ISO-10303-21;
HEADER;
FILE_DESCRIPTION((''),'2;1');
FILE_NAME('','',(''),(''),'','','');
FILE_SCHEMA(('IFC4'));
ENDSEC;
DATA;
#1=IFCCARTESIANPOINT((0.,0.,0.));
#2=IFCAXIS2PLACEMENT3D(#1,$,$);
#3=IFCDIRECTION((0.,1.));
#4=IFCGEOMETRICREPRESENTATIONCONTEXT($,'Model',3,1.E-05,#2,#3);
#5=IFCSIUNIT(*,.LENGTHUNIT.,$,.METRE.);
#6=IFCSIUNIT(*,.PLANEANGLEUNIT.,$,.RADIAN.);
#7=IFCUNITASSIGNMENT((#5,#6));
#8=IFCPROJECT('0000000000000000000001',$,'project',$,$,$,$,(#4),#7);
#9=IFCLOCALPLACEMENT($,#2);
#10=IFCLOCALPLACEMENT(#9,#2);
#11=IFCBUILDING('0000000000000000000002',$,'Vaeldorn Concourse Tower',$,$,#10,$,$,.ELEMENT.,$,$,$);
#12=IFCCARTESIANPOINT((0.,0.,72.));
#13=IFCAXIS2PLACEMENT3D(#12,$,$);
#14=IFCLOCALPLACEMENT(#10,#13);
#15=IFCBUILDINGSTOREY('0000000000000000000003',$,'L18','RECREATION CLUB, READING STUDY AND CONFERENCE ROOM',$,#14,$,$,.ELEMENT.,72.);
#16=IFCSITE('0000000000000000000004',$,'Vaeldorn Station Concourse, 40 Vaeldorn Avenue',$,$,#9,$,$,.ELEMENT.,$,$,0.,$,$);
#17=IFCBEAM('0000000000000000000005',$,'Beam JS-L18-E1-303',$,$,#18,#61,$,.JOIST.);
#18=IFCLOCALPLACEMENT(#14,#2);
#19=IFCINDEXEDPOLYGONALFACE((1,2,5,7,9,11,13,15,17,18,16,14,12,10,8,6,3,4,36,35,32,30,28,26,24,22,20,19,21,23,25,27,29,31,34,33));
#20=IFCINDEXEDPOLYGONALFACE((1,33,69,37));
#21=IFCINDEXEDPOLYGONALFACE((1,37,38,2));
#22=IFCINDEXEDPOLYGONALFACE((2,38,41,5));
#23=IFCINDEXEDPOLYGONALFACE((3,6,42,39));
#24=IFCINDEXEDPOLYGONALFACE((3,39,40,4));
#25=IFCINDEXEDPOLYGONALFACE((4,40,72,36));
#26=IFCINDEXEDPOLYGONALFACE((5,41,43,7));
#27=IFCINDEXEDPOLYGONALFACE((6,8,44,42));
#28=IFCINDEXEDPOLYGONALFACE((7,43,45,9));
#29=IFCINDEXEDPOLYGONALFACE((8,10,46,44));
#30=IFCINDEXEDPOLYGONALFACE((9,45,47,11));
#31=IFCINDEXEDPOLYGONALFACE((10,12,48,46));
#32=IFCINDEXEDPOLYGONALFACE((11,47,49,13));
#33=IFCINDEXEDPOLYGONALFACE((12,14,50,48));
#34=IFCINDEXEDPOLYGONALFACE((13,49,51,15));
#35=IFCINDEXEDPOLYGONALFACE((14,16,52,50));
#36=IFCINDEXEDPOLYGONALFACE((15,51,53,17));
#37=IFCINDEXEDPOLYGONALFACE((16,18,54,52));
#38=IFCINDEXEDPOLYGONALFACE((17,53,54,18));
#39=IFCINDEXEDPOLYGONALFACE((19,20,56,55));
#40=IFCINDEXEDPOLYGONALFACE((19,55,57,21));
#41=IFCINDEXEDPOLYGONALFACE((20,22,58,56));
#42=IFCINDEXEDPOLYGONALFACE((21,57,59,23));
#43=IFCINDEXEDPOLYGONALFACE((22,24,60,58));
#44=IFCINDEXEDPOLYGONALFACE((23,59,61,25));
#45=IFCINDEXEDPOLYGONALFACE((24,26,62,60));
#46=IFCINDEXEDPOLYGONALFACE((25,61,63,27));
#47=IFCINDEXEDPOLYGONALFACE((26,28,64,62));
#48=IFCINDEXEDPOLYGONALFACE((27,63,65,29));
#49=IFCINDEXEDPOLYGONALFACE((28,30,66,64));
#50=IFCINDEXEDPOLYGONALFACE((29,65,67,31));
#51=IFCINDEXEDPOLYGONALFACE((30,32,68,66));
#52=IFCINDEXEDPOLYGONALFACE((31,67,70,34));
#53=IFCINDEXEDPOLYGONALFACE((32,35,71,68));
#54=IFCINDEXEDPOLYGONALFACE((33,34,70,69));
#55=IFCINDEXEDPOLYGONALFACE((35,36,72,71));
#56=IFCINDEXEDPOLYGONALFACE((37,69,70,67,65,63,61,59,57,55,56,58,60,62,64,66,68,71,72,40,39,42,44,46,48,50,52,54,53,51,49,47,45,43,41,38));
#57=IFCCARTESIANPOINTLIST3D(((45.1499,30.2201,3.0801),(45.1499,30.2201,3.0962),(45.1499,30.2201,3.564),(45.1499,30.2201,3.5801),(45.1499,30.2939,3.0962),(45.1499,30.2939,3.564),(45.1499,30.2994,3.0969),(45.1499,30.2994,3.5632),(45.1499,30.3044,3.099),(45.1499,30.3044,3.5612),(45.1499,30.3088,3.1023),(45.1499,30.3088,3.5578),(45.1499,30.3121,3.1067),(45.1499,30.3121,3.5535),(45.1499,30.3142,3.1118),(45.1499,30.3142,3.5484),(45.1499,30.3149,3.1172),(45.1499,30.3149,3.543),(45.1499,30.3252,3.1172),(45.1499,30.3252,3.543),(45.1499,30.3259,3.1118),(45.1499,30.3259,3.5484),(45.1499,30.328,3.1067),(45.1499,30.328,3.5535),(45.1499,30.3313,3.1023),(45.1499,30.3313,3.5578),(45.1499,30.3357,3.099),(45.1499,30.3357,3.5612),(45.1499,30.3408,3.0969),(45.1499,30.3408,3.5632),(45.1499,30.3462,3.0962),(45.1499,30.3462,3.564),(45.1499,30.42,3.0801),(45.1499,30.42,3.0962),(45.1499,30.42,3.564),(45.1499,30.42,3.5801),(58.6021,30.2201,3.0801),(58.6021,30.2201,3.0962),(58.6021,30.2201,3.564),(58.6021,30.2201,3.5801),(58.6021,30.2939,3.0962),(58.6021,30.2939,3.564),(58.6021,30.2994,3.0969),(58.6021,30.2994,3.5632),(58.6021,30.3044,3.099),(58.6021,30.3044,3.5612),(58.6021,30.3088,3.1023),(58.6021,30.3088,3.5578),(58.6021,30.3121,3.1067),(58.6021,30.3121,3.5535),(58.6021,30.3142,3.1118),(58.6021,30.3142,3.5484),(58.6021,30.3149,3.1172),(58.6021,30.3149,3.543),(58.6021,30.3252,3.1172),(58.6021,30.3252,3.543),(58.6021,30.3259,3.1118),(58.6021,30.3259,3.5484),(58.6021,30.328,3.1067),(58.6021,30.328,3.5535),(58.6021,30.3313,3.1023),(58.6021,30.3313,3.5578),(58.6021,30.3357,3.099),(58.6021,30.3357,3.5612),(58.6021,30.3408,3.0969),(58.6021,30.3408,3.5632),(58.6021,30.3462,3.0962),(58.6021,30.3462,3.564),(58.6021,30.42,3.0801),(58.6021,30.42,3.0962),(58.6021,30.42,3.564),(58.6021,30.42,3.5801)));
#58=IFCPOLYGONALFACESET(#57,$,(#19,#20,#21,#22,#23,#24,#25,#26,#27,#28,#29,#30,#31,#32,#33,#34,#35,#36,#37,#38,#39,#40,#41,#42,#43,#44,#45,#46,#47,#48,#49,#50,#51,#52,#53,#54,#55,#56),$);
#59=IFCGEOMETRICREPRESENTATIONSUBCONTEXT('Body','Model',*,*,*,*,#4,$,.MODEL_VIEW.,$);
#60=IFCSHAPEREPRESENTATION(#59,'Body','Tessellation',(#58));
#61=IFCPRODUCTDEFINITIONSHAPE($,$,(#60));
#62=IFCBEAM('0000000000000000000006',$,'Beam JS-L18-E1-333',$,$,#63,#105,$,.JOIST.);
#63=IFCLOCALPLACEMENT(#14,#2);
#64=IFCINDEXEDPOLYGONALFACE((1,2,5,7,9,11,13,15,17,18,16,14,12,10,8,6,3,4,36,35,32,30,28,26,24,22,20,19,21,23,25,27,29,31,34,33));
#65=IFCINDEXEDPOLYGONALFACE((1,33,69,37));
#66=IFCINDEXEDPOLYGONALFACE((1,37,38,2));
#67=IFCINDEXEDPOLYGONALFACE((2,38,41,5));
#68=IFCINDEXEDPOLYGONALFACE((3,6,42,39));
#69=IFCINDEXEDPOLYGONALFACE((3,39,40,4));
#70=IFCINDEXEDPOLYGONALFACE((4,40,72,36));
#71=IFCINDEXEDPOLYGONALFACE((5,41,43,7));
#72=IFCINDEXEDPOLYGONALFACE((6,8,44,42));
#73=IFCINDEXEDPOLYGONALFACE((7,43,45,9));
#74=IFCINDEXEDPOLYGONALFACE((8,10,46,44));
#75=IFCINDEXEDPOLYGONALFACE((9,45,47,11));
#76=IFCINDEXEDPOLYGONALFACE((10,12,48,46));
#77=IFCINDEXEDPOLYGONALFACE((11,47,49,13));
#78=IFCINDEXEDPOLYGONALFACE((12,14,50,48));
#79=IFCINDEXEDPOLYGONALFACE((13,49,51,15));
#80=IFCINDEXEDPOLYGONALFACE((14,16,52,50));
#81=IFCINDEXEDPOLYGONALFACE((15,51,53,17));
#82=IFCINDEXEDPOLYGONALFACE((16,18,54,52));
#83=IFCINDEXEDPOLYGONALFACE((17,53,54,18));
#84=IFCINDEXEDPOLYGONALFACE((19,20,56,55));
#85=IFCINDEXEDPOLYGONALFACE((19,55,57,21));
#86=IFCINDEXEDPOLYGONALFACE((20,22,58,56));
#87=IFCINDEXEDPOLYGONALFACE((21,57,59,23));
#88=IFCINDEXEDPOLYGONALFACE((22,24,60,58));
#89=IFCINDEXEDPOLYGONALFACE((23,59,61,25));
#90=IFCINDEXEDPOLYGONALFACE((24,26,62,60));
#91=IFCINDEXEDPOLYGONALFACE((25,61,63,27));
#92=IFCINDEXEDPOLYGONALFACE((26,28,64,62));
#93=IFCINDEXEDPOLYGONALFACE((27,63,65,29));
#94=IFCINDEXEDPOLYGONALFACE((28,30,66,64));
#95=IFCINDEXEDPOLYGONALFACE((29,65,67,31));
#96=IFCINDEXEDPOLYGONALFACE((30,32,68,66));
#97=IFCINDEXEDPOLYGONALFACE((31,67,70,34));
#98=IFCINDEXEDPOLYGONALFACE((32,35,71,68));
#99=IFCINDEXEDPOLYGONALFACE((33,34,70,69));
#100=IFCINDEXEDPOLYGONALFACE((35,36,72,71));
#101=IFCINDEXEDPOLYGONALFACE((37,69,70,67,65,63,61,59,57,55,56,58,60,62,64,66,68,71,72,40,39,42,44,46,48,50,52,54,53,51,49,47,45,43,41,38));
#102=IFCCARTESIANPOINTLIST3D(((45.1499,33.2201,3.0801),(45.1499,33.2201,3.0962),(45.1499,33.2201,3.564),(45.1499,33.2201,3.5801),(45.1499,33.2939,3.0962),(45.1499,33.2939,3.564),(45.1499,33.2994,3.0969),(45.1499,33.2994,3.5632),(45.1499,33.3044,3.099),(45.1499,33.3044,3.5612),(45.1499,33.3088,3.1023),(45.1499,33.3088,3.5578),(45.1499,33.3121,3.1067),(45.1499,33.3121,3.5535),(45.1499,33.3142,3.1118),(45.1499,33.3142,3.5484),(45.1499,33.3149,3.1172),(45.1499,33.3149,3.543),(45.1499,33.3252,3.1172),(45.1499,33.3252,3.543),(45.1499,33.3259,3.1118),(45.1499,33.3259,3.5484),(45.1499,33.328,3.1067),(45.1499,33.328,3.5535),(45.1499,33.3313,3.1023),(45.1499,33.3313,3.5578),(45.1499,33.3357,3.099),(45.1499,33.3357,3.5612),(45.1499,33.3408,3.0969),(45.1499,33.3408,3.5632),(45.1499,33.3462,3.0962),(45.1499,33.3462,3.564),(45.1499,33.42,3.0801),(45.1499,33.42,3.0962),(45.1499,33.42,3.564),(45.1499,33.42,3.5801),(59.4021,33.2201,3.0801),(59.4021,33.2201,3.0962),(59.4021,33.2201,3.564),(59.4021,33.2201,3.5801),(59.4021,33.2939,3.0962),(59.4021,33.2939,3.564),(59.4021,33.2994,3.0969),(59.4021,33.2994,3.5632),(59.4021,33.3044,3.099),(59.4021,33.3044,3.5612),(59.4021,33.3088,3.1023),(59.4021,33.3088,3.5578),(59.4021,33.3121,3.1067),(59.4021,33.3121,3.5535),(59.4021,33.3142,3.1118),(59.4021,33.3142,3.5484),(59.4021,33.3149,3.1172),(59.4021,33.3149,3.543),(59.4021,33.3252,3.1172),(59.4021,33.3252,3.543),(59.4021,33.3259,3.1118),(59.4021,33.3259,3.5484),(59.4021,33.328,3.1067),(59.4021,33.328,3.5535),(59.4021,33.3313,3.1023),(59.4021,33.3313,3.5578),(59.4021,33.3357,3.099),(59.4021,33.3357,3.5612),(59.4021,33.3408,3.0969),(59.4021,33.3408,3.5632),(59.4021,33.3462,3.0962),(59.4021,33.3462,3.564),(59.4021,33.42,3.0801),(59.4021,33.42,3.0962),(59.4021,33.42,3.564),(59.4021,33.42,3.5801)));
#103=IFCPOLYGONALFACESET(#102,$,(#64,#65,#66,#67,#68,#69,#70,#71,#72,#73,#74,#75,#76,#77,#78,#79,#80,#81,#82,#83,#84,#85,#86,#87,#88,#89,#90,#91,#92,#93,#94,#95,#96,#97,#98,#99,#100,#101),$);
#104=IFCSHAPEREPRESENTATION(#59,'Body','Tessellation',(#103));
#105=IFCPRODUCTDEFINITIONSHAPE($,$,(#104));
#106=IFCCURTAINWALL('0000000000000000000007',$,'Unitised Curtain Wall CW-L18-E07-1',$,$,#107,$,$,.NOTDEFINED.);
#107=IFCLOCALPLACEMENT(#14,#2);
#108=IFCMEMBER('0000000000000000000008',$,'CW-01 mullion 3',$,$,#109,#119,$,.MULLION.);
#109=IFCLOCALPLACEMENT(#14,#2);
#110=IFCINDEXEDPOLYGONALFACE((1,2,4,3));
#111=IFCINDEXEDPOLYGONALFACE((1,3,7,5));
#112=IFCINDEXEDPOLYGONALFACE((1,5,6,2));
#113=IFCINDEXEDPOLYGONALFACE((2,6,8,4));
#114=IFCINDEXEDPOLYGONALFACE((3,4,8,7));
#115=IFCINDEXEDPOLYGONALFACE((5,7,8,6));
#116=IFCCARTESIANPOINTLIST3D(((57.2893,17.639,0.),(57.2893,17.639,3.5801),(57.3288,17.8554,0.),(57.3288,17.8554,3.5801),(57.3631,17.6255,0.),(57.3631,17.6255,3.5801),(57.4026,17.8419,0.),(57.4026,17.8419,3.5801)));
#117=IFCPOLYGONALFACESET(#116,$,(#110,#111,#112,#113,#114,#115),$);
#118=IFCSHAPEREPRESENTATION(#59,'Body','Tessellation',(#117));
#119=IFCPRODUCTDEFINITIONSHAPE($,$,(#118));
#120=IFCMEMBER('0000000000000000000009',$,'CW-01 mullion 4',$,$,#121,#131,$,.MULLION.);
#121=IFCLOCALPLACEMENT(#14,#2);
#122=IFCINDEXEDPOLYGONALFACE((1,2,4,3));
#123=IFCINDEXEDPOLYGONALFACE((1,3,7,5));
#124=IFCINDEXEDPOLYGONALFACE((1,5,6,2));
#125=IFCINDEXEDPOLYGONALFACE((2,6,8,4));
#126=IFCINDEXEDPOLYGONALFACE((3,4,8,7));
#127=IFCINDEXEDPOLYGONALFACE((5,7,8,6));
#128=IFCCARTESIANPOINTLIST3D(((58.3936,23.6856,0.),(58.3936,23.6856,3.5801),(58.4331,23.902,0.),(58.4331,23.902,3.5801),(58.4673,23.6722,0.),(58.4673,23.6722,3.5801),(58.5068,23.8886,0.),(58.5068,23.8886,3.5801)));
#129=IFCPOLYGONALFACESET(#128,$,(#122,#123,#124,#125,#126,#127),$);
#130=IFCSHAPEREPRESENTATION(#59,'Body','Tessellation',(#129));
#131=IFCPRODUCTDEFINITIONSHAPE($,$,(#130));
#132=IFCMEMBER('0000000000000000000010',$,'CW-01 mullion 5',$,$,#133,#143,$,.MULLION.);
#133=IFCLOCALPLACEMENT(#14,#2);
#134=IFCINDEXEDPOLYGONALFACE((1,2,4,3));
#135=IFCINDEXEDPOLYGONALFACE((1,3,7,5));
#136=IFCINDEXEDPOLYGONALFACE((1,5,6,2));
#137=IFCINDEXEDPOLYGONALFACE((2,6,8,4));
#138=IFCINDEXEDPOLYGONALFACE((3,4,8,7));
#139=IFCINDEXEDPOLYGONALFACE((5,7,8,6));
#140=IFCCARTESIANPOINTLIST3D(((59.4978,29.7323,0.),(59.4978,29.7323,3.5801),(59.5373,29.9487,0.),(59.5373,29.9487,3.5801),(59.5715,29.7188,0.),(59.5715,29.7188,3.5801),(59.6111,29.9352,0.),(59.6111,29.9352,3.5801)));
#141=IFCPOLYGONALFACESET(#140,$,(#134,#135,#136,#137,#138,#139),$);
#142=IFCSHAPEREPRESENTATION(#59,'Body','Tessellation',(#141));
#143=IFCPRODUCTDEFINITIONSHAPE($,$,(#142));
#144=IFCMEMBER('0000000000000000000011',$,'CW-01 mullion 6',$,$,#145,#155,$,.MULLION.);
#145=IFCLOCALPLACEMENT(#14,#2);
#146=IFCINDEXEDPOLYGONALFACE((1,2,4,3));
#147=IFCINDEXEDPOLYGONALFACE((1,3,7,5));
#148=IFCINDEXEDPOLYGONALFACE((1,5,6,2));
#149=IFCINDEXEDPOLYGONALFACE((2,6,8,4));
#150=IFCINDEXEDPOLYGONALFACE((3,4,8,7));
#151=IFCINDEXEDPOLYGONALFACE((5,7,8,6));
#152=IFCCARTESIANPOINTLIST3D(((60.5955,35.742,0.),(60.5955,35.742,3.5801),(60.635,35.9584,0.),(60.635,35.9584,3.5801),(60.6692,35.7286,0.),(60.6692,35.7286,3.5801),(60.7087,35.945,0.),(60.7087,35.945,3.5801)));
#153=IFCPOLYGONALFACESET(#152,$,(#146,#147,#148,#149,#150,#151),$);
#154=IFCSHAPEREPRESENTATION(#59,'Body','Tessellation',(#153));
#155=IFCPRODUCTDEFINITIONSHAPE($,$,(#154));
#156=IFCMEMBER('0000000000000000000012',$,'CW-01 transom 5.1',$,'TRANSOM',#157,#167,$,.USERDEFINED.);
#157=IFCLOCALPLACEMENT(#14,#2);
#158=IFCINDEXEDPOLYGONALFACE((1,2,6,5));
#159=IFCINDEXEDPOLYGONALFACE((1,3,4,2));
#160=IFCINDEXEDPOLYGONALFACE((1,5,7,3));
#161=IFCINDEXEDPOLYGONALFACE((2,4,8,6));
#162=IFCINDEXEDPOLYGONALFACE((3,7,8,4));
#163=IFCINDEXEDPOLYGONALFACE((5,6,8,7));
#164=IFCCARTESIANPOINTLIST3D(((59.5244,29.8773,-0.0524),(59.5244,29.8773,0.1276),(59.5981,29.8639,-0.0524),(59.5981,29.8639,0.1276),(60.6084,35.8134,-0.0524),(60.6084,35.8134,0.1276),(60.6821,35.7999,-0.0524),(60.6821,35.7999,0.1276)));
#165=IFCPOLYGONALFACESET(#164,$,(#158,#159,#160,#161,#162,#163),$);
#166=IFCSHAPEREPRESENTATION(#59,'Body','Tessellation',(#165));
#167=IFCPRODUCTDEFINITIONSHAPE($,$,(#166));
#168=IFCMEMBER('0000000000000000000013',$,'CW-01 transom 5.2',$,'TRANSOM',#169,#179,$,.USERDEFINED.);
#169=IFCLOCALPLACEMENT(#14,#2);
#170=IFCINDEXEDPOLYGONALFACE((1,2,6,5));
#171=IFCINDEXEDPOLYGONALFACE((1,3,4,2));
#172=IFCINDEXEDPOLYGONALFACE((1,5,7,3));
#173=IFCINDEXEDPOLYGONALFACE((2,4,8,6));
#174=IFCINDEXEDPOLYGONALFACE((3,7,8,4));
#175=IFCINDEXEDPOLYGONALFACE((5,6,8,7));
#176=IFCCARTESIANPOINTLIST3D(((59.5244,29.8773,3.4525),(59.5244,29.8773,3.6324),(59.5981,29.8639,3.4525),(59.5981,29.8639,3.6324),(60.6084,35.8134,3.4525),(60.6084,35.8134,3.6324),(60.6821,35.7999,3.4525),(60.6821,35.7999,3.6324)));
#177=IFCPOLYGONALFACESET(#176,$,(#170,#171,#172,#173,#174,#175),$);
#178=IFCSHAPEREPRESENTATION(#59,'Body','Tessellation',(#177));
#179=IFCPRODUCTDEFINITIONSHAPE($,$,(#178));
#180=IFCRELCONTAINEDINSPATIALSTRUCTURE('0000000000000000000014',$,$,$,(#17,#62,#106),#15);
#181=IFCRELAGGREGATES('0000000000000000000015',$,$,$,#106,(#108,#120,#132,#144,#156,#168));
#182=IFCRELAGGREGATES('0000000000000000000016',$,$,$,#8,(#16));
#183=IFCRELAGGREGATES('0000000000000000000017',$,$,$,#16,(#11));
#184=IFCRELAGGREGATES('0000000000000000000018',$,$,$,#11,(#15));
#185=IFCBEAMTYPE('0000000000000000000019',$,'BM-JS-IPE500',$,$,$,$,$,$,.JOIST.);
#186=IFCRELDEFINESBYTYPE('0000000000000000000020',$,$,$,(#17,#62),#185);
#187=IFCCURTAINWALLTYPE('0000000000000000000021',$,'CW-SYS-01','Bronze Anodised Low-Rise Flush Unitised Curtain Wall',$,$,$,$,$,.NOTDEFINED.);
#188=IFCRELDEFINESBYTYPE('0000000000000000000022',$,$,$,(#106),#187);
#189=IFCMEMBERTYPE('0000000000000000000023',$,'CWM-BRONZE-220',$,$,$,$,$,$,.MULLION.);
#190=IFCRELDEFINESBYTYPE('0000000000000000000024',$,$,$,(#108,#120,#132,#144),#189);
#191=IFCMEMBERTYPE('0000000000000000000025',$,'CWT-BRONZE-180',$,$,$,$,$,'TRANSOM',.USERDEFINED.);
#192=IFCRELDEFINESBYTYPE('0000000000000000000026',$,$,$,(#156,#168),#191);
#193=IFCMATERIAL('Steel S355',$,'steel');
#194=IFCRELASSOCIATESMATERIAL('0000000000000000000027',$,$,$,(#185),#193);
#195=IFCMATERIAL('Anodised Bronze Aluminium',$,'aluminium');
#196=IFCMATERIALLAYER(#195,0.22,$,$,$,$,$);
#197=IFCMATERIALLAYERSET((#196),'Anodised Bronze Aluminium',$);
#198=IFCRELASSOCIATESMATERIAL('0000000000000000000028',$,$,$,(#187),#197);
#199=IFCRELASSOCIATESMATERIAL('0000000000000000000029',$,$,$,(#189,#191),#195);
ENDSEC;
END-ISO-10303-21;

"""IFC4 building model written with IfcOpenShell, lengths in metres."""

from ifc_helpers import new_model, si_unit, direction, frame, origin, origin_2d, place, context, subcontext, project, spatial, rectangle, i_section, extrude, source, transform, mapped, material, layer, layer_set, material_profile, profile_set, type_object, element, aggregate, save


model = new_model("IFC4")

# Units and contexts
model_context = context("Model", 3, precision=1e-05, world=origin(), true_north=direction((0.0, 1.0)))
body_context = subcontext(model_context, "Body", "Model", "MODEL_VIEW")
ifc_project = project(units=[si_unit("LENGTHUNIT", "METRE"), si_unit("PLANEANGLEUNIT", "RADIAN")], contexts=[model_context])

# Site, building, storey
site_placement = place(None, origin())
site = spatial("IfcSite", under=ifc_project, at=site_placement, Name="Vaeldorn Station Concourse, 40 Vaeldorn Avenue", CompositionType="ELEMENT", RefElevation=0.0)
building_placement = place(site_placement, origin())
building = spatial("IfcBuilding", under=site, at=building_placement, Name="Vaeldorn Concourse Tower", CompositionType="ELEMENT")
storey_placement = place(building_placement, frame((0.0, 0.0, 72.0)))
storey = spatial("IfcBuildingStorey", under=building, at=storey_placement, Name="L18", Description="RECREATION CLUB, READING STUDY AND CONFERENCE ROOM", CompositionType="ELEMENT", Elevation=72.0)

# Beams
ifc_material_1 = material(Name="Steel S355", Category="steel")
ifc_material_profile_1 = material_profile(ifc_material_1, i_section(OverallWidth=0.2, OverallDepth=0.5, WebThickness=0.0103, FlangeThickness=0.0161, FilletRadius=0.021, at=origin_2d()), Name="IPE 500")
ifc_profile_set_1 = profile_set([ifc_material_profile_1], Name="Steel S355")
beam_type_1 = type_object("IfcBeamType", Name="BM-JS-IPE500", PredefinedType="JOIST", material=ifc_profile_set_1)
shared_shape_1 = source(origin(), body_context, "Body", "SweptSolid", [
    extrude(i_section(OverallWidth=0.2, OverallDepth=0.5, WebThickness=0.0103, FlangeThickness=0.0161, FilletRadius=0.021, at=origin_2d()), origin(), (0.0, 0.0, 1.0), 13.4521),
])
beam_1_placement = place(storey_placement, frame((45.1499, 30.3201, 3.3301), z_axis=(1.0, 0.0, 0.0), x_axis=(0.0, 1.0, 0.0)))
element("IfcBeam", 1, at=beam_1_placement, inside=storey, type_object=beam_type_1, Name="Beam JS-L18-E1-303", PredefinedType="JOIST", context=body_context, shape_type="MappedRepresentation", body=[
    mapped(shared_shape_1, transform((0.0, 0.0, 0.0), scale=1.0)),
])
shared_shape_2 = source(origin(), body_context, "Body", "SweptSolid", [
    extrude(i_section(OverallWidth=0.2, OverallDepth=0.5, WebThickness=0.0103, FlangeThickness=0.0161, FilletRadius=0.021, at=origin_2d()), origin(), (0.0, 0.0, 1.0), 14.2522),
])
beam_2_placement = place(storey_placement, frame((45.1499, 33.3201, 3.3301), z_axis=(1.0, 0.0, 0.0), x_axis=(0.0, 1.0, 0.0)))
element("IfcBeam", 2, at=beam_2_placement, inside=storey, type_object=beam_type_1, Name="Beam JS-L18-E1-333", PredefinedType="JOIST", context=body_context, shape_type="MappedRepresentation", body=[
    mapped(shared_shape_2, transform((0.0, 0.0, 0.0), scale=1.0)),
])

# Curtain wall, members
ifc_material_2 = material(Name="Anodised Bronze Aluminium", Category="aluminium")
ifc_layer_1 = layer(ifc_material_2, 0.22)
ifc_layer_set_1 = layer_set([ifc_layer_1], Name="Anodised Bronze Aluminium")
curtain_wall_type = type_object("IfcCurtainWallType", Name="CW-SYS-01", Description="Bronze Anodised Low-Rise Flush Unitised Curtain Wall", PredefinedType="NOTDEFINED", material=ifc_layer_set_1)
curtain_wall_placement = place(storey_placement, origin())
curtain_wall = element("IfcCurtainWall", 3, at=curtain_wall_placement, inside=storey, type_object=curtain_wall_type, Name="Unitised Curtain Wall CW-L18-E07-1", PredefinedType="NOTDEFINED")
ifc_material_profile_2 = material_profile(ifc_material_2, rectangle(XDim=0.075, YDim=0.22, at=origin_2d()), Name="CWM 75x220")
ifc_profile_set_2 = profile_set([ifc_material_profile_2], Name="Anodised Bronze Aluminium")
member_type_1 = type_object("IfcMemberType", Name="CWM-BRONZE-220", PredefinedType="MULLION", material=ifc_profile_set_2)
shared_shape_3 = source(origin(), body_context, "Body", "SweptSolid", [
    extrude(rectangle(XDim=0.075, YDim=0.22, at=origin_2d()), origin(), (0.0, 0.0, 1.0), 3.5801),
])
member_1_placement = place(storey_placement, frame((57.3459, 17.7405, 0.0), z_axis=(0.0, 0.0, 1.0), x_axis=(-0.983729, 0.179658, 0.0)))
member_1 = element("IfcMember", 4, at=member_1_placement, type_object=member_type_1, Name="CW-01 mullion 3", PredefinedType="MULLION", context=body_context, shape_type="MappedRepresentation", body=[
    mapped(shared_shape_3, transform((0.0, 0.0, 0.0), scale=1.0)),
])
member_2_placement = place(storey_placement, frame((58.4502, 23.7871, 0.0), z_axis=(0.0, 0.0, 1.0), x_axis=(-0.983729, 0.179658, 0.0)))
member_2 = element("IfcMember", 5, at=member_2_placement, type_object=member_type_1, Name="CW-01 mullion 4", PredefinedType="MULLION", context=body_context, shape_type="MappedRepresentation", body=[
    mapped(shared_shape_3, transform((0.0, 0.0, 0.0), scale=1.0)),
])
member_3_placement = place(storey_placement, frame((59.5544, 29.8337, 0.0), z_axis=(0.0, 0.0, 1.0), x_axis=(-0.983729, 0.179658, 0.0)))
member_3 = element("IfcMember", 6, at=member_3_placement, type_object=member_type_1, Name="CW-01 mullion 5", PredefinedType="MULLION", context=body_context, shape_type="MappedRepresentation", body=[
    mapped(shared_shape_3, transform((0.0, 0.0, 0.0), scale=1.0)),
])
member_4_placement = place(storey_placement, frame((60.6521, 35.8435, 0.0), z_axis=(0.0, 0.0, 1.0), x_axis=(-0.983729, 0.179658, 0.0)))
member_4 = element("IfcMember", 7, at=member_4_placement, type_object=member_type_1, Name="CW-01 mullion 6", PredefinedType="MULLION", context=body_context, shape_type="MappedRepresentation", body=[
    mapped(shared_shape_3, transform((0.0, 0.0, 0.0), scale=1.0)),
])
ifc_material_profile_3 = material_profile(ifc_material_2, rectangle(XDim=0.075, YDim=0.1799, at=origin_2d()), Name="CWT 75x180")
ifc_profile_set_3 = profile_set([ifc_material_profile_3], Name="Anodised Bronze Aluminium")
member_type_2 = type_object("IfcMemberType", Name="CWT-BRONZE-180", ElementType="TRANSOM", PredefinedType="USERDEFINED", material=ifc_profile_set_3)
shared_shape_4 = source(origin(), body_context, "Body", "SweptSolid", [
    extrude(rectangle(XDim=0.075, YDim=0.1799, at=origin_2d()), origin(), (0.0, 0.0, 1.0), 6.0342),
])
member_5_placement = place(storey_placement, frame((59.5613, 29.8706, 0.0376), z_axis=(0.17964, 0.983732, 0.0), x_axis=(-0.983732, 0.17964, 0.0)))
member_5 = element("IfcMember", 8, at=member_5_placement, type_object=member_type_2, Name="CW-01 transom 5.1", ObjectType="TRANSOM", PredefinedType="USERDEFINED", context=body_context, shape_type="MappedRepresentation", body=[
    mapped(shared_shape_4, transform((0.0, 0.0, 0.0), scale=1.0)),
])
member_6_placement = place(storey_placement, frame((59.5613, 29.8706, 3.5425), z_axis=(0.17964, 0.983732, 0.0), x_axis=(-0.983732, 0.17964, 0.0)))
member_6 = element("IfcMember", 9, at=member_6_placement, type_object=member_type_2, Name="CW-01 transom 5.2", ObjectType="TRANSOM", PredefinedType="USERDEFINED", context=body_context, shape_type="MappedRepresentation", body=[
    mapped(shared_shape_4, transform((0.0, 0.0, 0.0), scale=1.0)),
])
aggregate(curtain_wall, [member_1, member_2, member_3, member_4, member_5, member_6])

save(model, "model.ifc")
